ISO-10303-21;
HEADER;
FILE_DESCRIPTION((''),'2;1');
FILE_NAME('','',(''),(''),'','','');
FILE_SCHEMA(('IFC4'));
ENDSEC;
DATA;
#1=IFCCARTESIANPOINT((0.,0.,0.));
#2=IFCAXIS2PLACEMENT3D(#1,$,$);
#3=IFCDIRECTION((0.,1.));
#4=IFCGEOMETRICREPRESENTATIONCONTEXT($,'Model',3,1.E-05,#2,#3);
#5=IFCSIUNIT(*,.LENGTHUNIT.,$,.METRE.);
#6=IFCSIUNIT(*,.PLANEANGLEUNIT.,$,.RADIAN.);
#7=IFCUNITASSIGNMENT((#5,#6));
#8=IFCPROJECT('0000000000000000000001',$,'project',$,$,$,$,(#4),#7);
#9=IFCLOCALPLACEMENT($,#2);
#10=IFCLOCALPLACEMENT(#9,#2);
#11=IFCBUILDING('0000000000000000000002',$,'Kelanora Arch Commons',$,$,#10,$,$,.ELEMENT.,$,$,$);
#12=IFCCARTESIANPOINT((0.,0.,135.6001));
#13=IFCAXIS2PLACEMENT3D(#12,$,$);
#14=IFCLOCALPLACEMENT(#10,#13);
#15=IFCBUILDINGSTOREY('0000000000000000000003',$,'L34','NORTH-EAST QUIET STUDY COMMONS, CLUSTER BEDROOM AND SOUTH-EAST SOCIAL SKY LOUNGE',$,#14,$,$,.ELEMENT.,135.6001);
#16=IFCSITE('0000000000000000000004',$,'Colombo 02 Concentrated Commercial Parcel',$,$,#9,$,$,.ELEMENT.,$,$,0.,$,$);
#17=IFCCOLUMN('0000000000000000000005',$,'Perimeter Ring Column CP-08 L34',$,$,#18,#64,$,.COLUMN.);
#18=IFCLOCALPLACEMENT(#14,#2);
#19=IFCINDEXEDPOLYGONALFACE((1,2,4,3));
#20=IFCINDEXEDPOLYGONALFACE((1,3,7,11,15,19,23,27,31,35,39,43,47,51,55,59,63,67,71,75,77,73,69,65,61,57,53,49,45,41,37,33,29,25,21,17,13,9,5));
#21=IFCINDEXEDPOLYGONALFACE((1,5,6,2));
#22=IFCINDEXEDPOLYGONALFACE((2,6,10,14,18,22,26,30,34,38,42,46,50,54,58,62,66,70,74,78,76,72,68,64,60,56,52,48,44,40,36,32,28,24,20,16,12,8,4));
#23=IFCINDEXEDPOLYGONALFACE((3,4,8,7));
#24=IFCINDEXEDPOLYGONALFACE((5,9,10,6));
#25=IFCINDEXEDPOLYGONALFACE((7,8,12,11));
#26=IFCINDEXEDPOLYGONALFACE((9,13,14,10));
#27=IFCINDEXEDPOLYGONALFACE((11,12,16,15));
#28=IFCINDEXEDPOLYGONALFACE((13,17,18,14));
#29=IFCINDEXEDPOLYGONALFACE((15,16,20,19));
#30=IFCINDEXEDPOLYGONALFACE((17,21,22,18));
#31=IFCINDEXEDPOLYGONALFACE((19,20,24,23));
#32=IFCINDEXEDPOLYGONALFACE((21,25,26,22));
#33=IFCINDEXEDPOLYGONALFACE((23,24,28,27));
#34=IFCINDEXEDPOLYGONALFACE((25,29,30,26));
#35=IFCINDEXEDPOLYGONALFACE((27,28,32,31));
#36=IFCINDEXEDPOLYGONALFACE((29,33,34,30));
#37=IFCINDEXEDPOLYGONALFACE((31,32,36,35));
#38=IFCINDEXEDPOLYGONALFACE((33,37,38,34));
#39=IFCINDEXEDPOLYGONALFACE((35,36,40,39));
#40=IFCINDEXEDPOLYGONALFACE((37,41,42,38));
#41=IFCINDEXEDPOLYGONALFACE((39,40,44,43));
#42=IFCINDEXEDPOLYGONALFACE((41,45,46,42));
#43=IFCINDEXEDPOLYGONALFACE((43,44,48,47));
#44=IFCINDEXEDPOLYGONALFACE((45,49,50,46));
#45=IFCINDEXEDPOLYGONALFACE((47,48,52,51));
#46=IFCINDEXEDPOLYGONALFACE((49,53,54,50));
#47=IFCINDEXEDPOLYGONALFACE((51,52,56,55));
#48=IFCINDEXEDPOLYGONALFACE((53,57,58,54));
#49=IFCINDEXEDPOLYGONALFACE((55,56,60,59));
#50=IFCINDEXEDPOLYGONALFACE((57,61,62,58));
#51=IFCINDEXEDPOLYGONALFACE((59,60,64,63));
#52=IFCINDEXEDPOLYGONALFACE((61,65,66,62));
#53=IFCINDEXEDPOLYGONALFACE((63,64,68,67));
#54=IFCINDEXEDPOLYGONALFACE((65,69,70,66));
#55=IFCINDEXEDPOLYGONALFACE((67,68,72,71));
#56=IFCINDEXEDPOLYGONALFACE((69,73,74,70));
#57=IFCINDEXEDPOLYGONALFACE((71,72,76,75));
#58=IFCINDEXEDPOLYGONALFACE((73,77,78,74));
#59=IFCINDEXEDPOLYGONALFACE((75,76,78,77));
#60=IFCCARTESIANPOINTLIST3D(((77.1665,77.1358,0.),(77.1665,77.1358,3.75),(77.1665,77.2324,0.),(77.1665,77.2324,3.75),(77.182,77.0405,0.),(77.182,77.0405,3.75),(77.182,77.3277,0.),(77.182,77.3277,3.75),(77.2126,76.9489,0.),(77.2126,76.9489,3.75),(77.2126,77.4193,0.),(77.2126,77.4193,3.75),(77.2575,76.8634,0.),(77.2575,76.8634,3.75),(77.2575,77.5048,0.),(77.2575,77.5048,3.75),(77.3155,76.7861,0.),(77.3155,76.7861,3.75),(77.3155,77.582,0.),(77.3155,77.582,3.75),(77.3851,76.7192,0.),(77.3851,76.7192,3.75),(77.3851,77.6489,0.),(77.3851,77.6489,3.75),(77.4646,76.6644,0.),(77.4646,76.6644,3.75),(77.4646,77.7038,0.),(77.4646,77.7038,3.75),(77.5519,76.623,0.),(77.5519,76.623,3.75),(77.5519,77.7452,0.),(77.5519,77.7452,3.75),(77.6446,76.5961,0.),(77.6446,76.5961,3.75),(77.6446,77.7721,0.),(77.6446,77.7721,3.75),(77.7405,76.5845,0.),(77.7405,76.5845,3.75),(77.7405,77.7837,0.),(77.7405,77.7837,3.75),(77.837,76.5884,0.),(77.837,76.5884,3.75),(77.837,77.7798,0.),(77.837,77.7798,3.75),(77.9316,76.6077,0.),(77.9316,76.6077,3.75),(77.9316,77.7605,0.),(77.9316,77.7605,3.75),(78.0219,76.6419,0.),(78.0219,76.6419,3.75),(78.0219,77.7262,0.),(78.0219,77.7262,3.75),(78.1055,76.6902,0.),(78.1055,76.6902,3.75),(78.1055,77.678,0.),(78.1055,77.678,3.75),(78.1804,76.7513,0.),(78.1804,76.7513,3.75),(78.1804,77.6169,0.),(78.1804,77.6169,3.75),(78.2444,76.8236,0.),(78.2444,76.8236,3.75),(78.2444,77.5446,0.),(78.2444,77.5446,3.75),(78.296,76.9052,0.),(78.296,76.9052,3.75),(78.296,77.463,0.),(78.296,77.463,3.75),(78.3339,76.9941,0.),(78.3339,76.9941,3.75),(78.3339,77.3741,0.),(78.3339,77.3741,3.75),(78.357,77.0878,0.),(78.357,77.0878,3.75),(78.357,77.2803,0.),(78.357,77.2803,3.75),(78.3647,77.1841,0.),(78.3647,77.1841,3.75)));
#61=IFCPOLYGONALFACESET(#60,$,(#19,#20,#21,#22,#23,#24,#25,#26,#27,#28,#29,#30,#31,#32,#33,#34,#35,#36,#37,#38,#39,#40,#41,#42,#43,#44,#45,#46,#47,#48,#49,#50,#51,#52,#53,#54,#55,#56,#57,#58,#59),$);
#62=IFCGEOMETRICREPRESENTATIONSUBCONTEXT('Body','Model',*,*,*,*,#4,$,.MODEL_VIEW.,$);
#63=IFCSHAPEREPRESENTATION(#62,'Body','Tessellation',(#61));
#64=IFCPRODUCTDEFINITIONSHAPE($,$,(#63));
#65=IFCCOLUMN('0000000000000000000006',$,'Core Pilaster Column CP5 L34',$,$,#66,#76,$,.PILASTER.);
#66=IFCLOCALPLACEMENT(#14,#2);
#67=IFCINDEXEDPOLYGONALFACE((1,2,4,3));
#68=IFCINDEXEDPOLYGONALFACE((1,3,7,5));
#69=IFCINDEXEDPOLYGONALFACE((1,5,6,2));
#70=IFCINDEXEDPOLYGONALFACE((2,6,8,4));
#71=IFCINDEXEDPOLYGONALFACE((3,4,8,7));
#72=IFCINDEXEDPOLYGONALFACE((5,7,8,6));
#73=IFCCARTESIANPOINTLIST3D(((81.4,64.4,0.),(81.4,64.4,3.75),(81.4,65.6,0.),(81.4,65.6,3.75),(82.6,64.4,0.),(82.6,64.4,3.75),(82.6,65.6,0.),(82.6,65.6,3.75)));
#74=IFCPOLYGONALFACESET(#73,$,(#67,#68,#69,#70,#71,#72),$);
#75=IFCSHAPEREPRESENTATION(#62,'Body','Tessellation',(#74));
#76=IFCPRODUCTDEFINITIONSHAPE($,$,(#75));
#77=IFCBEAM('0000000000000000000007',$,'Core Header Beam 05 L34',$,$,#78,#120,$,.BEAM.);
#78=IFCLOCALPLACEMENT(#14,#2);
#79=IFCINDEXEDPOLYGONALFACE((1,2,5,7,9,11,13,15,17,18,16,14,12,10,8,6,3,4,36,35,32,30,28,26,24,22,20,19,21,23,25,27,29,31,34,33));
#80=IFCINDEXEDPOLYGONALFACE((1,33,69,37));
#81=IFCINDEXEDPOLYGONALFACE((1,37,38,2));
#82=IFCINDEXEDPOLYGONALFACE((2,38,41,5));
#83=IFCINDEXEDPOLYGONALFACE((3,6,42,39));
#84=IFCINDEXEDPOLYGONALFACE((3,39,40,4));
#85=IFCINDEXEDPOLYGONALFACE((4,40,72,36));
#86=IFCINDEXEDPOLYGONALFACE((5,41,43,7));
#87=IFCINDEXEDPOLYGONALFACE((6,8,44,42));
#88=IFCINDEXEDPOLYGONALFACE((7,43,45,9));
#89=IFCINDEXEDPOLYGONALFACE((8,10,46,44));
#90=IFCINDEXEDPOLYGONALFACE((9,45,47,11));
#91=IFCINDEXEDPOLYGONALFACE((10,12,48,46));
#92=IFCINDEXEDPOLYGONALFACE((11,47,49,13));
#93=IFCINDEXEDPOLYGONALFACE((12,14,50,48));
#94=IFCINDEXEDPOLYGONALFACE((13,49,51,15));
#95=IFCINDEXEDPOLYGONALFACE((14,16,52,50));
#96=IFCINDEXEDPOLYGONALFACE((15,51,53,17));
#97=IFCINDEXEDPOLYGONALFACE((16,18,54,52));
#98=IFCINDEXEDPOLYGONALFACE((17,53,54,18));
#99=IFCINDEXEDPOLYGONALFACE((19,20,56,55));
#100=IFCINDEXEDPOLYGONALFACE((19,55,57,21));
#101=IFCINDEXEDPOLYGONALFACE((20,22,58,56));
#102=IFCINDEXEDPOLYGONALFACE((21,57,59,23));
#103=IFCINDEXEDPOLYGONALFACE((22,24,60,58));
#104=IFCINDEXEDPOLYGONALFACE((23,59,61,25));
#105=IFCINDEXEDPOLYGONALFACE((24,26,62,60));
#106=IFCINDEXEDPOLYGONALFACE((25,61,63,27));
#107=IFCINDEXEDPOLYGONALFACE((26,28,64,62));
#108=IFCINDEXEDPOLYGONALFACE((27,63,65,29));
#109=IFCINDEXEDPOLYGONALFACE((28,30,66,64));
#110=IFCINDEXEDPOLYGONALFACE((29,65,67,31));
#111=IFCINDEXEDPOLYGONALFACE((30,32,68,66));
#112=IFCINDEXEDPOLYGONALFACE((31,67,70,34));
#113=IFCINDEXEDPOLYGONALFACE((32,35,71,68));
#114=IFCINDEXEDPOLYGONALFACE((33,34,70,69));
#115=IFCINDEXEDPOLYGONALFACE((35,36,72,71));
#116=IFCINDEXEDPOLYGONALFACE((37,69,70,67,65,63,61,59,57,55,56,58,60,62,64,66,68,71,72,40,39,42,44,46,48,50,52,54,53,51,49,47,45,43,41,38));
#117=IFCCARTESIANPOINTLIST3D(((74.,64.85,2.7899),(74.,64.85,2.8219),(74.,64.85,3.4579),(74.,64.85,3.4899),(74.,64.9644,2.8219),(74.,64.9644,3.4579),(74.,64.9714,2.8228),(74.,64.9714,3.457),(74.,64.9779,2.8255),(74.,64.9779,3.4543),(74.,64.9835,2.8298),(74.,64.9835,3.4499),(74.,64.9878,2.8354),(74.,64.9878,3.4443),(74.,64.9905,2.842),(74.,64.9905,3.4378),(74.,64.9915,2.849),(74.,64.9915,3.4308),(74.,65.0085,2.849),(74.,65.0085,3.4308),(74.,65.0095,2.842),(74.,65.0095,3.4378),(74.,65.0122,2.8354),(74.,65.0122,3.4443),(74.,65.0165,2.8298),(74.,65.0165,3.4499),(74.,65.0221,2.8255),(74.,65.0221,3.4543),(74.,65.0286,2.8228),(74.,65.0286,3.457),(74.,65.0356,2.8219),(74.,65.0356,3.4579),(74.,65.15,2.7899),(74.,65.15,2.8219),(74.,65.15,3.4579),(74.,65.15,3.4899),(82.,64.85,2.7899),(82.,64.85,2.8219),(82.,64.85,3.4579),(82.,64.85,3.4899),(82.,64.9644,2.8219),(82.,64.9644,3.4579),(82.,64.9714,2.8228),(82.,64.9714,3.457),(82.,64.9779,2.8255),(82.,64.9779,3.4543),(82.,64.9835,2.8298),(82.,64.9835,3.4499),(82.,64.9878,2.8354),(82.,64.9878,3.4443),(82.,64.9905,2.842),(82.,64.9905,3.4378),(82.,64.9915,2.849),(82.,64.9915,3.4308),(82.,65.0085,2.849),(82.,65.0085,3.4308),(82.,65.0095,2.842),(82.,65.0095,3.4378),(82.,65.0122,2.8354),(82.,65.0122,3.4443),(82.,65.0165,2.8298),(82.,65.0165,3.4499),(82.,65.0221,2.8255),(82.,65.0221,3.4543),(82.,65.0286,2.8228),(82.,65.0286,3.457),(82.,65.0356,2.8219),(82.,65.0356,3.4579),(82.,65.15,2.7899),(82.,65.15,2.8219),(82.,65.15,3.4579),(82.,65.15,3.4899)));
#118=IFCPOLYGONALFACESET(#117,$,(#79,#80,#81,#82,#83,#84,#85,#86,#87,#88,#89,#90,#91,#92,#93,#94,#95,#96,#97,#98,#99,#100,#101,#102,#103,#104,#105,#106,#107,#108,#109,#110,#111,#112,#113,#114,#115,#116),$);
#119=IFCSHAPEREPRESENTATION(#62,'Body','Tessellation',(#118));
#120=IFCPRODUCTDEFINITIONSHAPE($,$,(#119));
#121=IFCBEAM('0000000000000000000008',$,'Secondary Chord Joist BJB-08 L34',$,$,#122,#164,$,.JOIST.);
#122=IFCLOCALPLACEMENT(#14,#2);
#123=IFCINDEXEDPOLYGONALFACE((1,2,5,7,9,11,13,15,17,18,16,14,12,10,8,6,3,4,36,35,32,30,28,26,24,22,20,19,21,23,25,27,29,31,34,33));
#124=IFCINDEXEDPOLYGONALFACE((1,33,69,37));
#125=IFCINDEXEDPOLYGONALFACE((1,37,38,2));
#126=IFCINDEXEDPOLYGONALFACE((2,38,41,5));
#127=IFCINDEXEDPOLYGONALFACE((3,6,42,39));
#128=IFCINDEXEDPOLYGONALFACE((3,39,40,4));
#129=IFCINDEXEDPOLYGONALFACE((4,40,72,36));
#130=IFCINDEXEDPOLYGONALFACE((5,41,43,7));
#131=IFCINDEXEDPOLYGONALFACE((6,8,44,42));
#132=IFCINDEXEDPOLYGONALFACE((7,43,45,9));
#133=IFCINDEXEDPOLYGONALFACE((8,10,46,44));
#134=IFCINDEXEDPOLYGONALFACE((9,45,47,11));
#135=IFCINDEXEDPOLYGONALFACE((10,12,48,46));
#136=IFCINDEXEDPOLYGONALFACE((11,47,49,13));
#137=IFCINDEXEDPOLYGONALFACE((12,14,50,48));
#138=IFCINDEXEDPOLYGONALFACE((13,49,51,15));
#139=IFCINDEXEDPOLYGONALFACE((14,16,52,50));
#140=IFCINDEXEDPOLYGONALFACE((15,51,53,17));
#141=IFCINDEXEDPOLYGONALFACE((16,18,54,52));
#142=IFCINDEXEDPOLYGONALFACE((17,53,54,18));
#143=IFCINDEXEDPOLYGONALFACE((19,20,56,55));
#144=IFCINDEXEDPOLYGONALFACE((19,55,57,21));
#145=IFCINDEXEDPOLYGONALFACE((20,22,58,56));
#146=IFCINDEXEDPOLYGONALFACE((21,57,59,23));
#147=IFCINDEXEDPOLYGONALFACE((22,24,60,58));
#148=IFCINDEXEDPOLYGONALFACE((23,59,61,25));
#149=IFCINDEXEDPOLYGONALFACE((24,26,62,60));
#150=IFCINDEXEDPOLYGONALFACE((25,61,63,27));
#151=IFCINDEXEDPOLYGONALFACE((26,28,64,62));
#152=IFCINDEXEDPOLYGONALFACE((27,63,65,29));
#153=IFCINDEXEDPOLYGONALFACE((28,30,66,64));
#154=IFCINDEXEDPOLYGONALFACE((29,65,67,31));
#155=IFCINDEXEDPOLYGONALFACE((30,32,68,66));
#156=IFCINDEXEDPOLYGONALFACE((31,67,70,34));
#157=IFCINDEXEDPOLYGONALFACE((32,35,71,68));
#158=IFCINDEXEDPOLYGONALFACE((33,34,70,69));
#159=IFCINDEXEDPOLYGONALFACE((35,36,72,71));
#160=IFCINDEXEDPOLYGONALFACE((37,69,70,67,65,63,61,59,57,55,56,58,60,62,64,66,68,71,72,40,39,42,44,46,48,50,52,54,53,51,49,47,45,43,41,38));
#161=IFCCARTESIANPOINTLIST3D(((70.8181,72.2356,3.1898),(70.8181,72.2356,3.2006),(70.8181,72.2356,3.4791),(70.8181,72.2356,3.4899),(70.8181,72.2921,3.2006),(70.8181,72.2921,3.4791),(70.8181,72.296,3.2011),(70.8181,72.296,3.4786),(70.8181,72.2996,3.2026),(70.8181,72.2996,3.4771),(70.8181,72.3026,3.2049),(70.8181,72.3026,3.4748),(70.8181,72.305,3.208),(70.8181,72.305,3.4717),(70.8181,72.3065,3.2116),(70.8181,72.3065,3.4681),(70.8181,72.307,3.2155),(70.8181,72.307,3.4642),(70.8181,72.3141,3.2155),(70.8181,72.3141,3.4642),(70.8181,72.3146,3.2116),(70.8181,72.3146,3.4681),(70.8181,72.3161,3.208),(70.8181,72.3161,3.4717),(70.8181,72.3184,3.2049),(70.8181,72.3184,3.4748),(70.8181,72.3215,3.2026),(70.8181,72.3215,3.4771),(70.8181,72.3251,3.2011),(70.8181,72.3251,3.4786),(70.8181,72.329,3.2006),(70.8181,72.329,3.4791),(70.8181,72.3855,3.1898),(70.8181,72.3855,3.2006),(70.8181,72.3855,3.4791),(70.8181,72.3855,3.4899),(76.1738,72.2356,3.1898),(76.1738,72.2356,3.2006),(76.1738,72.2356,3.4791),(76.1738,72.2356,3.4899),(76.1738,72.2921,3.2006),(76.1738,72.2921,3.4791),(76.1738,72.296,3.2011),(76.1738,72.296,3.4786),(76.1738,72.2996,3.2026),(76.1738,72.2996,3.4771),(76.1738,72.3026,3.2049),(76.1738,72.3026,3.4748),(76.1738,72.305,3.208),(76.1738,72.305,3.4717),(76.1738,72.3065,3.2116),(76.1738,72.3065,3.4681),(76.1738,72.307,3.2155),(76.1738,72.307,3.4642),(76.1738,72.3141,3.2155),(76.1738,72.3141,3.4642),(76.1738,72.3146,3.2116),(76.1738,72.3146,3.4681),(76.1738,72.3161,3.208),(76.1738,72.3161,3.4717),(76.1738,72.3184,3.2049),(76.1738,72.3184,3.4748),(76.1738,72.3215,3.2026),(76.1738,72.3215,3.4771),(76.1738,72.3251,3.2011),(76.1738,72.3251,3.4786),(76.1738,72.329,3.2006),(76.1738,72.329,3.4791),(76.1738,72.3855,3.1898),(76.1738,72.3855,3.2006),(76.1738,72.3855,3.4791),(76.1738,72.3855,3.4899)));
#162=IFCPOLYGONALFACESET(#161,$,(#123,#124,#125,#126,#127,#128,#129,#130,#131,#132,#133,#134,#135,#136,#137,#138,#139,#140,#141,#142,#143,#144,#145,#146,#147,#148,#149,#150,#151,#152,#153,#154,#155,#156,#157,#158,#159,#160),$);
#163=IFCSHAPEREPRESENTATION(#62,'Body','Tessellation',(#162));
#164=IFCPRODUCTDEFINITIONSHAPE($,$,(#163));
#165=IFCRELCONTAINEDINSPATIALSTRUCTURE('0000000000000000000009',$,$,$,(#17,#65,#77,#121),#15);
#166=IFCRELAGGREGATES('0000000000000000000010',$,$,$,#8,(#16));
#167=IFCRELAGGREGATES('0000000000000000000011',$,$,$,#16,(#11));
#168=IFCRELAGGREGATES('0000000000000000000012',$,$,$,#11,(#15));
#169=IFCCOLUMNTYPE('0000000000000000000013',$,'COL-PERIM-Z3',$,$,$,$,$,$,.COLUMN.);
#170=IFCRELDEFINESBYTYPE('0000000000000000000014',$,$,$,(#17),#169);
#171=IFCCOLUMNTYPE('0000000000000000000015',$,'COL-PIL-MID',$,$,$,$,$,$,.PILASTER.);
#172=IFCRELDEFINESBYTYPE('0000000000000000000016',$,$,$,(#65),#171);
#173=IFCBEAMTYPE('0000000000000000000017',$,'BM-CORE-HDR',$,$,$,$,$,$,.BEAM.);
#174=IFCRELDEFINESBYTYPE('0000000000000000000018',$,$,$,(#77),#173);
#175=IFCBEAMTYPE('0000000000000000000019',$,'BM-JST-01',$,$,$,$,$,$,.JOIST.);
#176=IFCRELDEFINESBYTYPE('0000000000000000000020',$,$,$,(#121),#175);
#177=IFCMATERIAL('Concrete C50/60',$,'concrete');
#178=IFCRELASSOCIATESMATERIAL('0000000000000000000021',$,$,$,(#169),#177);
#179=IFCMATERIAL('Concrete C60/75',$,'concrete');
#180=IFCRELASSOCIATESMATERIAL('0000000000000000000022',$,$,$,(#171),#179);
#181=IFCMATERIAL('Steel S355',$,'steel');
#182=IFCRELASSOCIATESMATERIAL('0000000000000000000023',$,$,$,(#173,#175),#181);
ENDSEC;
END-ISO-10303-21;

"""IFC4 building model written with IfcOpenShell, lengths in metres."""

from ifc_helpers import new_model, si_unit, direction, frame, origin, origin_2d, place, context, subcontext, project, spatial, rectangle, circle, i_section, extrude, material, material_profile, profile_set, type_object, element, save


model = new_model("IFC4")

# Units and contexts
model_context = context("Model", 3, precision=1e-05, world=origin(), true_north=direction((0.0, 1.0)))
body_context = subcontext(model_context, "Body", "Model", "MODEL_VIEW")
ifc_project = project(units=[si_unit("LENGTHUNIT", "METRE"), si_unit("PLANEANGLEUNIT", "RADIAN")], contexts=[model_context])

# Site, building, storey
site_placement = place(None, origin())
site = spatial("IfcSite", under=ifc_project, at=site_placement, Name="Colombo 02 Concentrated Commercial Parcel", CompositionType="ELEMENT", RefElevation=0.0)
building_placement = place(site_placement, origin())
building = spatial("IfcBuilding", under=site, at=building_placement, Name="Kelanora Arch Commons", CompositionType="ELEMENT")
storey_placement = place(building_placement, frame((0.0, 0.0, 135.6001)))
storey = spatial("IfcBuildingStorey", under=building, at=storey_placement, Name="L34", Description="NORTH-EAST QUIET STUDY COMMONS, CLUSTER BEDROOM AND SOUTH-EAST SOCIAL SKY LOUNGE", CompositionType="ELEMENT", Elevation=135.6001)

# Columns
ifc_material_1 = material(Name="Concrete C50/60", Category="concrete")
ifc_material_profile_1 = material_profile(ifc_material_1, circle(Radius=0.6001, at=origin_2d()), Name="RCC1200")
ifc_profile_set_1 = profile_set([ifc_material_profile_1], Name="Concrete C50/60")
column_type_1 = type_object("IfcColumnType", Name="COL-PERIM-Z3", PredefinedType="COLUMN", material=ifc_profile_set_1)
column_1_placement = place(storey_placement, frame((77.7646, 77.1841, 0.0), z_axis=(0.0, 0.0, 1.0), x_axis=(1.0, 0.0, 0.0)))
element("IfcColumn", 1, at=column_1_placement, inside=storey, type_object=column_type_1, Name="Perimeter Ring Column CP-08 L34", PredefinedType="COLUMN", context=body_context, shape_type="SweptSolid", body=[
    extrude(circle(Radius=0.6001, at=origin_2d()), origin(), (0.0, 0.0, 1.0), 3.75),
])
ifc_material_2 = material(Name="Concrete C60/75", Category="concrete")
ifc_material_profile_2 = material_profile(ifc_material_2, rectangle(XDim=1.2, YDim=1.2, at=origin_2d()), Name="RC1200x1200")
ifc_profile_set_2 = profile_set([ifc_material_profile_2], Name="Concrete C60/75")
column_type_2 = type_object("IfcColumnType", Name="COL-PIL-MID", PredefinedType="PILASTER", material=ifc_profile_set_2)
column_2_placement = place(storey_placement, frame((82.0, 65.0, 0.0), z_axis=(0.0, 0.0, 1.0), x_axis=(1.0, 0.0, 0.0)))
element("IfcColumn", 2, at=column_2_placement, inside=storey, type_object=column_type_2, Name="Core Pilaster Column CP5 L34", PredefinedType="PILASTER", context=body_context, shape_type="SweptSolid", body=[
    extrude(rectangle(XDim=1.2, YDim=1.2, at=origin_2d()), origin(), (0.0, 0.0, 1.0), 3.75),
])

# Beams
ifc_material_3 = material(Name="Steel S355", Category="steel")
ifc_material_profile_3 = material_profile(ifc_material_3, i_section(OverallWidth=0.3, OverallDepth=0.7, WebThickness=0.0171, FlangeThickness=0.032, FilletRadius=0.0271, at=origin_2d()), Name="HEB700")
ifc_profile_set_3 = profile_set([ifc_material_profile_3], Name="Steel S355")
beam_type_1 = type_object("IfcBeamType", Name="BM-CORE-HDR", PredefinedType="BEAM", material=ifc_profile_set_3)
beam_1_placement = place(storey_placement, frame((82.0, 65.0, 3.1399), z_axis=(-1.0, 0.0, 0.0), x_axis=(0.0, -1.0, 0.0)))
element("IfcBeam", 3, at=beam_1_placement, inside=storey, type_object=beam_type_1, Name="Core Header Beam 05 L34", PredefinedType="BEAM", context=body_context, shape_type="SweptSolid", body=[
    extrude(i_section(OverallWidth=0.3, OverallDepth=0.7, WebThickness=0.0171, FlangeThickness=0.032, FilletRadius=0.0271, at=origin_2d()), origin(), (0.0, 0.0, 1.0), 8.0),
])
ifc_material_profile_4 = material_profile(ifc_material_3, i_section(OverallWidth=0.1499, OverallDepth=0.3, WebThickness=0.0071, FlangeThickness=0.0107, FilletRadius=0.0149, at=origin_2d()), Name="IPE300")
ifc_profile_set_4 = profile_set([ifc_material_profile_4], Name="Steel S355")
beam_type_2 = type_object("IfcBeamType", Name="BM-JST-01", PredefinedType="JOIST", material=ifc_profile_set_4)
beam_2_placement = place(storey_placement, frame((76.1738, 72.3105, 3.3398), z_axis=(-1.0, 0.0, 0.0), x_axis=(0.0, -1.0, 0.0)))
element("IfcBeam", 4, at=beam_2_placement, inside=storey, type_object=beam_type_2, Name="Secondary Chord Joist BJB-08 L34", PredefinedType="JOIST", context=body_context, shape_type="SweptSolid", body=[
    extrude(i_section(OverallWidth=0.1499, OverallDepth=0.3, WebThickness=0.0071, FlangeThickness=0.0107, FilletRadius=0.0149, at=origin_2d()), origin(), (0.0, 0.0, 1.0), 5.3557),
])

save(model, "model.ifc")
